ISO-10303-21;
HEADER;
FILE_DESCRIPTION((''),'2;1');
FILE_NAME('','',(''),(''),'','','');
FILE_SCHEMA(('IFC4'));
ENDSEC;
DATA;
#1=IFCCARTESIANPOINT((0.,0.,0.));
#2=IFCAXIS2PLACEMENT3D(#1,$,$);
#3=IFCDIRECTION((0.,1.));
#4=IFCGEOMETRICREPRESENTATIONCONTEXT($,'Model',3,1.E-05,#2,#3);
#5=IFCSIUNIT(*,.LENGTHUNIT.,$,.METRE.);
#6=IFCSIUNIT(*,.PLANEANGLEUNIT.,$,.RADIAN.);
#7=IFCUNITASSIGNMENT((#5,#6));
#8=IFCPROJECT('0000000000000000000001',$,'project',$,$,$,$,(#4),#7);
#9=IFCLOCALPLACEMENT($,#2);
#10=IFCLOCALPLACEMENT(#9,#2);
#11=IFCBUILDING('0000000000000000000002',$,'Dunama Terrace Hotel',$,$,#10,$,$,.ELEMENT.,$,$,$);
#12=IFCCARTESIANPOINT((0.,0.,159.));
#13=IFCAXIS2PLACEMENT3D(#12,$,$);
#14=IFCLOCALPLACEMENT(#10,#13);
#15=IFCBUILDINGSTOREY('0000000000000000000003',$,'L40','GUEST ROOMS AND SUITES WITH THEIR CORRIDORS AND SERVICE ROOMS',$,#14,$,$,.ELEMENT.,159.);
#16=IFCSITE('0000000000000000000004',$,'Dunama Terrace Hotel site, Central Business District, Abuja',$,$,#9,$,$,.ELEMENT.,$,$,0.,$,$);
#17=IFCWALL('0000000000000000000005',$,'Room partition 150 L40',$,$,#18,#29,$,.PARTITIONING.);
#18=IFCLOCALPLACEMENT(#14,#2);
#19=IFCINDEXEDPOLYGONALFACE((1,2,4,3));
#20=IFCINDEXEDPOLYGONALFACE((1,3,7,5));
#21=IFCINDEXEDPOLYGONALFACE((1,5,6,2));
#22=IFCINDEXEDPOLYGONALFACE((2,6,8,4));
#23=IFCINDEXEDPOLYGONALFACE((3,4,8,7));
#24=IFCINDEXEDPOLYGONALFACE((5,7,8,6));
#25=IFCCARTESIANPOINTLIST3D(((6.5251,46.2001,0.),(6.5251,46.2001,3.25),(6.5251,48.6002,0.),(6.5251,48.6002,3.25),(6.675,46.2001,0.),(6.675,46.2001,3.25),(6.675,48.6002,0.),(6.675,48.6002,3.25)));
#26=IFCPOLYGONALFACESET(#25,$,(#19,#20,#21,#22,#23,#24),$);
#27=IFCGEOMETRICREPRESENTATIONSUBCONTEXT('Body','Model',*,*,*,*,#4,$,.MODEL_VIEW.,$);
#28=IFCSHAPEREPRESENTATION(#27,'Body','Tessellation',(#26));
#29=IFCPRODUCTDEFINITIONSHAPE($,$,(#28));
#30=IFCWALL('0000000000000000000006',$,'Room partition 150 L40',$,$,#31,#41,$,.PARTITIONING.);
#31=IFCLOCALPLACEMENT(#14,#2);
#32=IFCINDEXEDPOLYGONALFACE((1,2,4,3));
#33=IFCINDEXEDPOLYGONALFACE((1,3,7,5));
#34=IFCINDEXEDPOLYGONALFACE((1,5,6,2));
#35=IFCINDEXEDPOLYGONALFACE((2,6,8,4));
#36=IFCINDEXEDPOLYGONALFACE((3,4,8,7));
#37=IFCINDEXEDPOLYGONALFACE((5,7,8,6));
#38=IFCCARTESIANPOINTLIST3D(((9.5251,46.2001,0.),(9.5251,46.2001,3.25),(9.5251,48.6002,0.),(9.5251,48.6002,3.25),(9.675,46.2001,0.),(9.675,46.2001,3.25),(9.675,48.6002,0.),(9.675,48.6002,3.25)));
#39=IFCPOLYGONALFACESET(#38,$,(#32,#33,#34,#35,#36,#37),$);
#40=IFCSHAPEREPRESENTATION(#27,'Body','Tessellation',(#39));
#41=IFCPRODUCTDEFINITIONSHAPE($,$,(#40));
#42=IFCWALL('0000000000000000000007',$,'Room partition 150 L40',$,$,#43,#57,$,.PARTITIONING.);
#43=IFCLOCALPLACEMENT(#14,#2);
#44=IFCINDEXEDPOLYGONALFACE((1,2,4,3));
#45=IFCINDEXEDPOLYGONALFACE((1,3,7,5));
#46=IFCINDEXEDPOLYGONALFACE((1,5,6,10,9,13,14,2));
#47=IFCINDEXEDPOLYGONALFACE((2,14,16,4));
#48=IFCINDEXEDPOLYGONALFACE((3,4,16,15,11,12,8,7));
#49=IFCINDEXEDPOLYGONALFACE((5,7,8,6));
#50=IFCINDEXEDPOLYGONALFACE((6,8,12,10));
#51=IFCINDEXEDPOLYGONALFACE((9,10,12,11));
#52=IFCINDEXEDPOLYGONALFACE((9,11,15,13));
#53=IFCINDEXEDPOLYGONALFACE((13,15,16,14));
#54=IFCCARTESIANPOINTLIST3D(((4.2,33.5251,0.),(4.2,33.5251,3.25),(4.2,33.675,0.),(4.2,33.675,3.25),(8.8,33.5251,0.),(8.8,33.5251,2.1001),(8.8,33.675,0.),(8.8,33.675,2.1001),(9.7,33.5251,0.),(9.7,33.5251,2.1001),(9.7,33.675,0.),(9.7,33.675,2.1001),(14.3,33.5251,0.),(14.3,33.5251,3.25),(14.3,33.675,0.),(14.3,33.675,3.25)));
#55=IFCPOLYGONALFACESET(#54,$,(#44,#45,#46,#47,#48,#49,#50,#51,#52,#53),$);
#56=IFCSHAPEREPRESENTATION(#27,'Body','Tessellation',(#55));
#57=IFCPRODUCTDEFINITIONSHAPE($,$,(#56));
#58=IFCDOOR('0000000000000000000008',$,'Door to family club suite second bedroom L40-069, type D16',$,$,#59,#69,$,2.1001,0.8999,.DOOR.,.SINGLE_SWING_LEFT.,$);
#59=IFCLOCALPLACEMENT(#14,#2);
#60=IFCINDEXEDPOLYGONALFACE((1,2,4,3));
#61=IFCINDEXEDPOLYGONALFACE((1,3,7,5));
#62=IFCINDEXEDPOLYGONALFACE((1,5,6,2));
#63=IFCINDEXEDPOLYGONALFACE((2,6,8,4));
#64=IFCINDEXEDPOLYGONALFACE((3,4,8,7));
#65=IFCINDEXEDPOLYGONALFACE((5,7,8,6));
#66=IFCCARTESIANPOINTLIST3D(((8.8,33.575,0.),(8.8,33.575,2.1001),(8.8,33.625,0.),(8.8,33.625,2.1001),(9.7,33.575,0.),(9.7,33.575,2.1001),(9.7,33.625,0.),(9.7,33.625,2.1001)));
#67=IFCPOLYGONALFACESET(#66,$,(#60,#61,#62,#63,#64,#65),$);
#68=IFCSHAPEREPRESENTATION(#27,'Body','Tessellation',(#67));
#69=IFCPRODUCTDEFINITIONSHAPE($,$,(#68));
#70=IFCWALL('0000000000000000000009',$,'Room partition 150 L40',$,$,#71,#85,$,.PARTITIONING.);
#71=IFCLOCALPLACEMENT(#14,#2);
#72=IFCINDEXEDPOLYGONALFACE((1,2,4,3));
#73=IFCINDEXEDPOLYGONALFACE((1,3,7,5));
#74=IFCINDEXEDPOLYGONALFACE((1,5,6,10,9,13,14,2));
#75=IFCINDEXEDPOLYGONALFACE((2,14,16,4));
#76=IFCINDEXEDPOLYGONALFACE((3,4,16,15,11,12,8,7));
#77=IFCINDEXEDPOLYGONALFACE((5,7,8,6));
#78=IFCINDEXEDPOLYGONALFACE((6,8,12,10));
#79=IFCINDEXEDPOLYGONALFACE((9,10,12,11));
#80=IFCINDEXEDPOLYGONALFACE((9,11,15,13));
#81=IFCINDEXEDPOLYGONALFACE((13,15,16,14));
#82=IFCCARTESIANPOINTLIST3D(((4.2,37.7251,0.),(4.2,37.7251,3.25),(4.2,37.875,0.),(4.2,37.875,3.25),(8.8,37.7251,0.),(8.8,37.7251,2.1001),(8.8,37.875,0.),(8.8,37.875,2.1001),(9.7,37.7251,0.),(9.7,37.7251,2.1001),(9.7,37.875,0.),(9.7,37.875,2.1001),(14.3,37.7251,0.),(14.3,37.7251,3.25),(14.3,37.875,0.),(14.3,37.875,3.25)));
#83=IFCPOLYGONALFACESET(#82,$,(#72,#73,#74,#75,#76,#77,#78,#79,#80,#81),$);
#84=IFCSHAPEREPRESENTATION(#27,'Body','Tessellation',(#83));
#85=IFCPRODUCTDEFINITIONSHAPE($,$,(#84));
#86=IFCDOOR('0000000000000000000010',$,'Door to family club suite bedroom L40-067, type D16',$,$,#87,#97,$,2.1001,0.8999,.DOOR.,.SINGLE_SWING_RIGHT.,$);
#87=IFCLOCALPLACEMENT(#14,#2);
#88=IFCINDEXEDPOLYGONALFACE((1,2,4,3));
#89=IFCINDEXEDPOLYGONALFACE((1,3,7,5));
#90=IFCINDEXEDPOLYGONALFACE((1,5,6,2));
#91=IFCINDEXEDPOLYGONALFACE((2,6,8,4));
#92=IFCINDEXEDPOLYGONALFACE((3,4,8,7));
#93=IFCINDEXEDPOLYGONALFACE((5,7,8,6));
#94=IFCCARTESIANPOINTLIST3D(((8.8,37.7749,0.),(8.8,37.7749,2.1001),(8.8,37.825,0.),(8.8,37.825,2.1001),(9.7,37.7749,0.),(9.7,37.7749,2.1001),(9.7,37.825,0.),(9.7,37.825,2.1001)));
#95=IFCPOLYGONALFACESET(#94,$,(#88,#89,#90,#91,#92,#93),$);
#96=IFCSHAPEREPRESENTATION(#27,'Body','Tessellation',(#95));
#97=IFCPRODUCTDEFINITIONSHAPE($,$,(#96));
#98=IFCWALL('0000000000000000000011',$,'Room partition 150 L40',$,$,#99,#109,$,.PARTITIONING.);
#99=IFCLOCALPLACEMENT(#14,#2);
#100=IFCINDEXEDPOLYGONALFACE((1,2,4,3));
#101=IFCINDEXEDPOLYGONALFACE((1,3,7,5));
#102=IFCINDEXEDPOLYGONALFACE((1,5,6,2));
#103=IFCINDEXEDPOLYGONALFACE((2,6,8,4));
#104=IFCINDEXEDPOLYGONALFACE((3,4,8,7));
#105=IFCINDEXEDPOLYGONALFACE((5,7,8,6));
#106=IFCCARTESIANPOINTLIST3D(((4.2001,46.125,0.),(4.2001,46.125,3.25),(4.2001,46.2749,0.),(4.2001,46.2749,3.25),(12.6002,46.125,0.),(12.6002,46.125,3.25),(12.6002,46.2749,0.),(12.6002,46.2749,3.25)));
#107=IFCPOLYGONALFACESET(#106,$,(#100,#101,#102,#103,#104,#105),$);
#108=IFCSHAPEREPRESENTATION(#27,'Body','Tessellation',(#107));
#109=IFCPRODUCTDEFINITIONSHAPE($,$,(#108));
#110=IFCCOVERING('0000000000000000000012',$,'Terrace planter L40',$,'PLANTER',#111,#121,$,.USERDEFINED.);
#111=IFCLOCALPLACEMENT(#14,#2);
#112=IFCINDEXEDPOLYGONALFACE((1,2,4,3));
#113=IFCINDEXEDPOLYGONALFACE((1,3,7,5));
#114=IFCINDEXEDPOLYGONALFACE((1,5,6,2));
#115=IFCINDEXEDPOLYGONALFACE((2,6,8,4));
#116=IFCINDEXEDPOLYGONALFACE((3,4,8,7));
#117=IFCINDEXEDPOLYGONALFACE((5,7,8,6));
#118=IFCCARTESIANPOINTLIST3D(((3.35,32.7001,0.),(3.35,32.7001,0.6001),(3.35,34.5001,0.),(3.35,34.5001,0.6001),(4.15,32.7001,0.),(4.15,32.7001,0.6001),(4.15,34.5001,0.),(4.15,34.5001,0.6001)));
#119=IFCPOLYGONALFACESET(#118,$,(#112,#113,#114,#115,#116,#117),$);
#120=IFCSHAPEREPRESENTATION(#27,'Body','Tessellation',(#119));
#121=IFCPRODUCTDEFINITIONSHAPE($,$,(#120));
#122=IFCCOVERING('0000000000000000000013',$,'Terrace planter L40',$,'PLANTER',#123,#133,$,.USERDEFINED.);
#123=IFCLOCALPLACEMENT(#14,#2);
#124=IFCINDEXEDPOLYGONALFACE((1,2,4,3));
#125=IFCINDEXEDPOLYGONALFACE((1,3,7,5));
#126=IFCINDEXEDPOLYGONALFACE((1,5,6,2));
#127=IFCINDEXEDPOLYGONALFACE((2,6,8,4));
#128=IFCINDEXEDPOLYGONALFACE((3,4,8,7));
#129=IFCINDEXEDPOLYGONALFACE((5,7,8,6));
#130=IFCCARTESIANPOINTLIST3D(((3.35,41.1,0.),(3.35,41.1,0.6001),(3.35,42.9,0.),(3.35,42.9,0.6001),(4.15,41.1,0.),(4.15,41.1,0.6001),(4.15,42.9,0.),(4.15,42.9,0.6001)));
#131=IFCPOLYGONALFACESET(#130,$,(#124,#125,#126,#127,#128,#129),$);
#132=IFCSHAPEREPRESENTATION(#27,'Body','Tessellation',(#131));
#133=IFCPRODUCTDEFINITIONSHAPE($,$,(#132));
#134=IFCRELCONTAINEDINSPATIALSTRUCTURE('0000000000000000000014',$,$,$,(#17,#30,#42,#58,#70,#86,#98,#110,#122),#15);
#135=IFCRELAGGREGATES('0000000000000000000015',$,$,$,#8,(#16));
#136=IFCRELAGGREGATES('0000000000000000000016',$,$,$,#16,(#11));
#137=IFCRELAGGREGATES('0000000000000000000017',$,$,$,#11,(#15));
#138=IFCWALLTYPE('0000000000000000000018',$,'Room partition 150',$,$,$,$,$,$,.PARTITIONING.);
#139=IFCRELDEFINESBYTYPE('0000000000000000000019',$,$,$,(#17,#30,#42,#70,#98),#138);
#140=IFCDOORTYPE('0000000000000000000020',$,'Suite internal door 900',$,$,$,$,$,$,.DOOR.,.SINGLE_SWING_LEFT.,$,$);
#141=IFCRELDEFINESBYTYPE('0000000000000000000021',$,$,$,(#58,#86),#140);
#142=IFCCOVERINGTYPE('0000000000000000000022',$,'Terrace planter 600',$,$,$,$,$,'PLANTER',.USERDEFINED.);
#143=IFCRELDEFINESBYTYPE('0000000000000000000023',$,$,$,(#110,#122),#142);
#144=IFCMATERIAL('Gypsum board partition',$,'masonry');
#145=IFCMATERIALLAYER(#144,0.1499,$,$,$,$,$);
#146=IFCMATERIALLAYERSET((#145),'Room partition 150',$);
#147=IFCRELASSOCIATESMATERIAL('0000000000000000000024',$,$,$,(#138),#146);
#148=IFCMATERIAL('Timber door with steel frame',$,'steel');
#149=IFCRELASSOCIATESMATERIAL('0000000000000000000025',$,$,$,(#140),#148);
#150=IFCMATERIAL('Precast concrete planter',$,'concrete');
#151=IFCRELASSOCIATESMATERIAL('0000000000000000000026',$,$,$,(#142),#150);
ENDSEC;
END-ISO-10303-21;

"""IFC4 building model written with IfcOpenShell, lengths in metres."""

from ifc_helpers import new_model, si_unit, direction, frame, frame_2d, origin, origin_2d, place, context, subcontext, project, spatial, rectangle, extrude, material, layer, layer_set, type_object, element, fill, save


model = new_model("IFC4")

# Units and contexts
model_context = context("Model", 3, precision=1e-05, world=origin(), true_north=direction((0.0, 1.0)))
body_context = subcontext(model_context, "Body", "Model", "MODEL_VIEW")
ifc_project = project(units=[si_unit("LENGTHUNIT", "METRE"), si_unit("PLANEANGLEUNIT", "RADIAN")], contexts=[model_context])

# Site, building, storey
site_placement = place(None, origin())
site = spatial("IfcSite", under=ifc_project, at=site_placement, Name="Dunama Terrace Hotel site, Central Business District, Abuja", CompositionType="ELEMENT", RefElevation=0.0)
building_placement = place(site_placement, origin())
building = spatial("IfcBuilding", under=site, at=building_placement, Name="Dunama Terrace Hotel", CompositionType="ELEMENT")
storey_placement = place(building_placement, frame((0.0, 0.0, 159.0)))
storey = spatial("IfcBuildingStorey", under=building, at=storey_placement, Name="L40", Description="GUEST ROOMS AND SUITES WITH THEIR CORRIDORS AND SERVICE ROOMS", CompositionType="ELEMENT", Elevation=159.0)

# Walls
ifc_material_1 = material(Name="Gypsum board partition", Category="masonry")
ifc_layer_1 = layer(ifc_material_1, 0.1499)
ifc_layer_set_1 = layer_set([ifc_layer_1], Name="Room partition 150")
wall_type_1 = type_object("IfcWallType", Name="Room partition 150", PredefinedType="PARTITIONING", material=ifc_layer_set_1)
for number, where, z_axis, x_axis, name in (
    (1, (6.6001, 46.2, 0.0), (0.0, 0.0, 1.0), (0.0, 1.0, 0.0), "Room partition 150 L40"),
    (2, (9.6001, 46.2, 0.0), (0.0, 0.0, 1.0), (0.0, 1.0, 0.0), "Room partition 150 L40"),
):
    element("IfcWall", number, at=place(storey_placement, frame(where, z_axis=z_axis, x_axis=x_axis)), inside=storey, type_object=wall_type_1, Name=name, PredefinedType="PARTITIONING", context=body_context, shape_type="SweptSolid", body=[
        extrude(rectangle(XDim=2.4001, YDim=0.1499, at=frame_2d((1.2002, 0.0))), origin(), (0.0, 0.0, 1.0), 3.25),
    ])

# Walls, openings, doors
wall_1_placement = place(storey_placement, frame((4.2, 33.6001, 0.0), z_axis=(0.0, 0.0, 1.0), x_axis=(1.0, 0.0, 0.0)))
wall_1 = element("IfcWall", 3, at=wall_1_placement, inside=storey, type_object=wall_type_1, Name="Room partition 150 L40", PredefinedType="PARTITIONING", context=body_context, shape_type="SweptSolid", body=[
    extrude(rectangle(XDim=10.1001, YDim=0.1499, at=frame_2d((5.05, 0.0))), origin(), (0.0, 0.0, 1.0), 3.25),
])
opening_1_placement = place(wall_1_placement, frame((4.6001, 0.0, 0.0)))
opening_1 = element("IfcOpeningElement", 4, at=opening_1_placement, cuts=wall_1, PredefinedType="OPENING", context=body_context, shape_type="SweptSolid", body=[
    extrude(rectangle(XDim=0.8999, YDim=2.1001, at=frame_2d((0.45, 1.05))), frame((0.0, 0.085, 0.0), z_axis=(0.0, -1.0, 0.0), x_axis=(1.0, 0.0, 0.0)), (0.0, 0.0, 1.0), 0.1699),
])
ifc_material_2 = material(Name="Timber door with steel frame", Category="steel")
door_type_1 = type_object("IfcDoorType", Name="Suite internal door 900", OperationType="SINGLE_SWING_LEFT", PredefinedType="DOOR", material=ifc_material_2)
door_1_placement = place(opening_1_placement, frame((0.8999, 0.0, 0.0), z_axis=(0.0, 0.0, 1.0), x_axis=(-1.0, 0.0, 0.0)))
door_1 = element("IfcDoor", 5, at=door_1_placement, inside=storey, type_object=door_type_1, Name="Door to family club suite second bedroom L40-069, type D16", OperationType="SINGLE_SWING_LEFT", OverallHeight=2.1001, OverallWidth=0.8999, PredefinedType="DOOR", context=body_context, shape_type="SweptSolid", body=[
    extrude(rectangle(XDim=0.8999, YDim=2.1001, at=frame_2d((0.45, 1.05))), frame((0.0, 0.0251, 0.0), z_axis=(0.0, -1.0, 0.0), x_axis=(1.0, 0.0, 0.0)), (0.0, 0.0, 1.0), 0.05),
])
fill(opening_1, door_1)
wall_2_placement = place(storey_placement, frame((4.2, 37.8, 0.0), z_axis=(0.0, 0.0, 1.0), x_axis=(1.0, 0.0, 0.0)))
wall_2 = element("IfcWall", 6, at=wall_2_placement, inside=storey, type_object=wall_type_1, Name="Room partition 150 L40", PredefinedType="PARTITIONING", context=body_context, shape_type="SweptSolid", body=[
    extrude(rectangle(XDim=10.1001, YDim=0.1499, at=frame_2d((5.05, 0.0))), origin(), (0.0, 0.0, 1.0), 3.25),
])
opening_2_placement = place(wall_2_placement, frame((4.6001, 0.0, 0.0)))
opening_2 = element("IfcOpeningElement", 7, at=opening_2_placement, cuts=wall_2, PredefinedType="OPENING", context=body_context, shape_type="SweptSolid", body=[
    extrude(rectangle(XDim=0.8999, YDim=2.1001, at=frame_2d((0.45, 1.05))), frame((0.0, 0.085, 0.0), z_axis=(0.0, -1.0, 0.0), x_axis=(1.0, 0.0, 0.0)), (0.0, 0.0, 1.0), 0.1699),
])
door_2_placement = place(opening_2_placement, origin())
door_2 = element("IfcDoor", 8, at=door_2_placement, inside=storey, type_object=door_type_1, Name="Door to family club suite bedroom L40-067, type D16", OperationType="SINGLE_SWING_RIGHT", OverallHeight=2.1001, OverallWidth=0.8999, PredefinedType="DOOR", context=body_context, shape_type="SweptSolid", body=[
    extrude(rectangle(XDim=0.8999, YDim=2.1001, at=frame_2d((0.45, 1.05))), frame((0.0, 0.0249, 0.0), z_axis=(0.0, -1.0, 0.0), x_axis=(1.0, 0.0, 0.0)), (0.0, 0.0, 1.0), 0.05),
])
fill(opening_2, door_2)

# Wall
wall_3_placement = place(storey_placement, frame((4.2, 46.2, 0.0), z_axis=(0.0, 0.0, 1.0), x_axis=(1.0, 0.0, 0.0)))
element("IfcWall", 9, at=wall_3_placement, inside=storey, type_object=wall_type_1, Name="Room partition 150 L40", PredefinedType="PARTITIONING", context=body_context, shape_type="SweptSolid", body=[
    extrude(rectangle(XDim=8.4001, YDim=0.1499, at=frame_2d((4.2002, 0.0))), origin(), (0.0, 0.0, 1.0), 3.25),
])

# Coverings
ifc_material_3 = material(Name="Precast concrete planter", Category="concrete")
covering_type = type_object("IfcCoveringType", Name="Terrace planter 600", ElementType="PLANTER", PredefinedType="USERDEFINED", material=ifc_material_3)
for number, where, z_axis, x_axis, name in (
    (10, (3.75, 33.6001, 0.0), (0.0, 0.0, 1.0), (1.0, 0.0, 0.0), "Terrace planter L40"),
    (11, (3.75, 42.0, 0.0), (0.0, 0.0, 1.0), (1.0, 0.0, 0.0), "Terrace planter L40"),
):
    element("IfcCovering", number, at=place(storey_placement, frame(where, z_axis=z_axis, x_axis=x_axis)), inside=storey, type_object=covering_type, Name=name, ObjectType="PLANTER", PredefinedType="USERDEFINED", context=body_context, shape_type="SweptSolid", body=[
        extrude(rectangle(XDim=0.8, YDim=1.8, at=origin_2d()), origin(), (0.0, 0.0, 1.0), 0.6001),
    ])

save(model, "model.ifc")
